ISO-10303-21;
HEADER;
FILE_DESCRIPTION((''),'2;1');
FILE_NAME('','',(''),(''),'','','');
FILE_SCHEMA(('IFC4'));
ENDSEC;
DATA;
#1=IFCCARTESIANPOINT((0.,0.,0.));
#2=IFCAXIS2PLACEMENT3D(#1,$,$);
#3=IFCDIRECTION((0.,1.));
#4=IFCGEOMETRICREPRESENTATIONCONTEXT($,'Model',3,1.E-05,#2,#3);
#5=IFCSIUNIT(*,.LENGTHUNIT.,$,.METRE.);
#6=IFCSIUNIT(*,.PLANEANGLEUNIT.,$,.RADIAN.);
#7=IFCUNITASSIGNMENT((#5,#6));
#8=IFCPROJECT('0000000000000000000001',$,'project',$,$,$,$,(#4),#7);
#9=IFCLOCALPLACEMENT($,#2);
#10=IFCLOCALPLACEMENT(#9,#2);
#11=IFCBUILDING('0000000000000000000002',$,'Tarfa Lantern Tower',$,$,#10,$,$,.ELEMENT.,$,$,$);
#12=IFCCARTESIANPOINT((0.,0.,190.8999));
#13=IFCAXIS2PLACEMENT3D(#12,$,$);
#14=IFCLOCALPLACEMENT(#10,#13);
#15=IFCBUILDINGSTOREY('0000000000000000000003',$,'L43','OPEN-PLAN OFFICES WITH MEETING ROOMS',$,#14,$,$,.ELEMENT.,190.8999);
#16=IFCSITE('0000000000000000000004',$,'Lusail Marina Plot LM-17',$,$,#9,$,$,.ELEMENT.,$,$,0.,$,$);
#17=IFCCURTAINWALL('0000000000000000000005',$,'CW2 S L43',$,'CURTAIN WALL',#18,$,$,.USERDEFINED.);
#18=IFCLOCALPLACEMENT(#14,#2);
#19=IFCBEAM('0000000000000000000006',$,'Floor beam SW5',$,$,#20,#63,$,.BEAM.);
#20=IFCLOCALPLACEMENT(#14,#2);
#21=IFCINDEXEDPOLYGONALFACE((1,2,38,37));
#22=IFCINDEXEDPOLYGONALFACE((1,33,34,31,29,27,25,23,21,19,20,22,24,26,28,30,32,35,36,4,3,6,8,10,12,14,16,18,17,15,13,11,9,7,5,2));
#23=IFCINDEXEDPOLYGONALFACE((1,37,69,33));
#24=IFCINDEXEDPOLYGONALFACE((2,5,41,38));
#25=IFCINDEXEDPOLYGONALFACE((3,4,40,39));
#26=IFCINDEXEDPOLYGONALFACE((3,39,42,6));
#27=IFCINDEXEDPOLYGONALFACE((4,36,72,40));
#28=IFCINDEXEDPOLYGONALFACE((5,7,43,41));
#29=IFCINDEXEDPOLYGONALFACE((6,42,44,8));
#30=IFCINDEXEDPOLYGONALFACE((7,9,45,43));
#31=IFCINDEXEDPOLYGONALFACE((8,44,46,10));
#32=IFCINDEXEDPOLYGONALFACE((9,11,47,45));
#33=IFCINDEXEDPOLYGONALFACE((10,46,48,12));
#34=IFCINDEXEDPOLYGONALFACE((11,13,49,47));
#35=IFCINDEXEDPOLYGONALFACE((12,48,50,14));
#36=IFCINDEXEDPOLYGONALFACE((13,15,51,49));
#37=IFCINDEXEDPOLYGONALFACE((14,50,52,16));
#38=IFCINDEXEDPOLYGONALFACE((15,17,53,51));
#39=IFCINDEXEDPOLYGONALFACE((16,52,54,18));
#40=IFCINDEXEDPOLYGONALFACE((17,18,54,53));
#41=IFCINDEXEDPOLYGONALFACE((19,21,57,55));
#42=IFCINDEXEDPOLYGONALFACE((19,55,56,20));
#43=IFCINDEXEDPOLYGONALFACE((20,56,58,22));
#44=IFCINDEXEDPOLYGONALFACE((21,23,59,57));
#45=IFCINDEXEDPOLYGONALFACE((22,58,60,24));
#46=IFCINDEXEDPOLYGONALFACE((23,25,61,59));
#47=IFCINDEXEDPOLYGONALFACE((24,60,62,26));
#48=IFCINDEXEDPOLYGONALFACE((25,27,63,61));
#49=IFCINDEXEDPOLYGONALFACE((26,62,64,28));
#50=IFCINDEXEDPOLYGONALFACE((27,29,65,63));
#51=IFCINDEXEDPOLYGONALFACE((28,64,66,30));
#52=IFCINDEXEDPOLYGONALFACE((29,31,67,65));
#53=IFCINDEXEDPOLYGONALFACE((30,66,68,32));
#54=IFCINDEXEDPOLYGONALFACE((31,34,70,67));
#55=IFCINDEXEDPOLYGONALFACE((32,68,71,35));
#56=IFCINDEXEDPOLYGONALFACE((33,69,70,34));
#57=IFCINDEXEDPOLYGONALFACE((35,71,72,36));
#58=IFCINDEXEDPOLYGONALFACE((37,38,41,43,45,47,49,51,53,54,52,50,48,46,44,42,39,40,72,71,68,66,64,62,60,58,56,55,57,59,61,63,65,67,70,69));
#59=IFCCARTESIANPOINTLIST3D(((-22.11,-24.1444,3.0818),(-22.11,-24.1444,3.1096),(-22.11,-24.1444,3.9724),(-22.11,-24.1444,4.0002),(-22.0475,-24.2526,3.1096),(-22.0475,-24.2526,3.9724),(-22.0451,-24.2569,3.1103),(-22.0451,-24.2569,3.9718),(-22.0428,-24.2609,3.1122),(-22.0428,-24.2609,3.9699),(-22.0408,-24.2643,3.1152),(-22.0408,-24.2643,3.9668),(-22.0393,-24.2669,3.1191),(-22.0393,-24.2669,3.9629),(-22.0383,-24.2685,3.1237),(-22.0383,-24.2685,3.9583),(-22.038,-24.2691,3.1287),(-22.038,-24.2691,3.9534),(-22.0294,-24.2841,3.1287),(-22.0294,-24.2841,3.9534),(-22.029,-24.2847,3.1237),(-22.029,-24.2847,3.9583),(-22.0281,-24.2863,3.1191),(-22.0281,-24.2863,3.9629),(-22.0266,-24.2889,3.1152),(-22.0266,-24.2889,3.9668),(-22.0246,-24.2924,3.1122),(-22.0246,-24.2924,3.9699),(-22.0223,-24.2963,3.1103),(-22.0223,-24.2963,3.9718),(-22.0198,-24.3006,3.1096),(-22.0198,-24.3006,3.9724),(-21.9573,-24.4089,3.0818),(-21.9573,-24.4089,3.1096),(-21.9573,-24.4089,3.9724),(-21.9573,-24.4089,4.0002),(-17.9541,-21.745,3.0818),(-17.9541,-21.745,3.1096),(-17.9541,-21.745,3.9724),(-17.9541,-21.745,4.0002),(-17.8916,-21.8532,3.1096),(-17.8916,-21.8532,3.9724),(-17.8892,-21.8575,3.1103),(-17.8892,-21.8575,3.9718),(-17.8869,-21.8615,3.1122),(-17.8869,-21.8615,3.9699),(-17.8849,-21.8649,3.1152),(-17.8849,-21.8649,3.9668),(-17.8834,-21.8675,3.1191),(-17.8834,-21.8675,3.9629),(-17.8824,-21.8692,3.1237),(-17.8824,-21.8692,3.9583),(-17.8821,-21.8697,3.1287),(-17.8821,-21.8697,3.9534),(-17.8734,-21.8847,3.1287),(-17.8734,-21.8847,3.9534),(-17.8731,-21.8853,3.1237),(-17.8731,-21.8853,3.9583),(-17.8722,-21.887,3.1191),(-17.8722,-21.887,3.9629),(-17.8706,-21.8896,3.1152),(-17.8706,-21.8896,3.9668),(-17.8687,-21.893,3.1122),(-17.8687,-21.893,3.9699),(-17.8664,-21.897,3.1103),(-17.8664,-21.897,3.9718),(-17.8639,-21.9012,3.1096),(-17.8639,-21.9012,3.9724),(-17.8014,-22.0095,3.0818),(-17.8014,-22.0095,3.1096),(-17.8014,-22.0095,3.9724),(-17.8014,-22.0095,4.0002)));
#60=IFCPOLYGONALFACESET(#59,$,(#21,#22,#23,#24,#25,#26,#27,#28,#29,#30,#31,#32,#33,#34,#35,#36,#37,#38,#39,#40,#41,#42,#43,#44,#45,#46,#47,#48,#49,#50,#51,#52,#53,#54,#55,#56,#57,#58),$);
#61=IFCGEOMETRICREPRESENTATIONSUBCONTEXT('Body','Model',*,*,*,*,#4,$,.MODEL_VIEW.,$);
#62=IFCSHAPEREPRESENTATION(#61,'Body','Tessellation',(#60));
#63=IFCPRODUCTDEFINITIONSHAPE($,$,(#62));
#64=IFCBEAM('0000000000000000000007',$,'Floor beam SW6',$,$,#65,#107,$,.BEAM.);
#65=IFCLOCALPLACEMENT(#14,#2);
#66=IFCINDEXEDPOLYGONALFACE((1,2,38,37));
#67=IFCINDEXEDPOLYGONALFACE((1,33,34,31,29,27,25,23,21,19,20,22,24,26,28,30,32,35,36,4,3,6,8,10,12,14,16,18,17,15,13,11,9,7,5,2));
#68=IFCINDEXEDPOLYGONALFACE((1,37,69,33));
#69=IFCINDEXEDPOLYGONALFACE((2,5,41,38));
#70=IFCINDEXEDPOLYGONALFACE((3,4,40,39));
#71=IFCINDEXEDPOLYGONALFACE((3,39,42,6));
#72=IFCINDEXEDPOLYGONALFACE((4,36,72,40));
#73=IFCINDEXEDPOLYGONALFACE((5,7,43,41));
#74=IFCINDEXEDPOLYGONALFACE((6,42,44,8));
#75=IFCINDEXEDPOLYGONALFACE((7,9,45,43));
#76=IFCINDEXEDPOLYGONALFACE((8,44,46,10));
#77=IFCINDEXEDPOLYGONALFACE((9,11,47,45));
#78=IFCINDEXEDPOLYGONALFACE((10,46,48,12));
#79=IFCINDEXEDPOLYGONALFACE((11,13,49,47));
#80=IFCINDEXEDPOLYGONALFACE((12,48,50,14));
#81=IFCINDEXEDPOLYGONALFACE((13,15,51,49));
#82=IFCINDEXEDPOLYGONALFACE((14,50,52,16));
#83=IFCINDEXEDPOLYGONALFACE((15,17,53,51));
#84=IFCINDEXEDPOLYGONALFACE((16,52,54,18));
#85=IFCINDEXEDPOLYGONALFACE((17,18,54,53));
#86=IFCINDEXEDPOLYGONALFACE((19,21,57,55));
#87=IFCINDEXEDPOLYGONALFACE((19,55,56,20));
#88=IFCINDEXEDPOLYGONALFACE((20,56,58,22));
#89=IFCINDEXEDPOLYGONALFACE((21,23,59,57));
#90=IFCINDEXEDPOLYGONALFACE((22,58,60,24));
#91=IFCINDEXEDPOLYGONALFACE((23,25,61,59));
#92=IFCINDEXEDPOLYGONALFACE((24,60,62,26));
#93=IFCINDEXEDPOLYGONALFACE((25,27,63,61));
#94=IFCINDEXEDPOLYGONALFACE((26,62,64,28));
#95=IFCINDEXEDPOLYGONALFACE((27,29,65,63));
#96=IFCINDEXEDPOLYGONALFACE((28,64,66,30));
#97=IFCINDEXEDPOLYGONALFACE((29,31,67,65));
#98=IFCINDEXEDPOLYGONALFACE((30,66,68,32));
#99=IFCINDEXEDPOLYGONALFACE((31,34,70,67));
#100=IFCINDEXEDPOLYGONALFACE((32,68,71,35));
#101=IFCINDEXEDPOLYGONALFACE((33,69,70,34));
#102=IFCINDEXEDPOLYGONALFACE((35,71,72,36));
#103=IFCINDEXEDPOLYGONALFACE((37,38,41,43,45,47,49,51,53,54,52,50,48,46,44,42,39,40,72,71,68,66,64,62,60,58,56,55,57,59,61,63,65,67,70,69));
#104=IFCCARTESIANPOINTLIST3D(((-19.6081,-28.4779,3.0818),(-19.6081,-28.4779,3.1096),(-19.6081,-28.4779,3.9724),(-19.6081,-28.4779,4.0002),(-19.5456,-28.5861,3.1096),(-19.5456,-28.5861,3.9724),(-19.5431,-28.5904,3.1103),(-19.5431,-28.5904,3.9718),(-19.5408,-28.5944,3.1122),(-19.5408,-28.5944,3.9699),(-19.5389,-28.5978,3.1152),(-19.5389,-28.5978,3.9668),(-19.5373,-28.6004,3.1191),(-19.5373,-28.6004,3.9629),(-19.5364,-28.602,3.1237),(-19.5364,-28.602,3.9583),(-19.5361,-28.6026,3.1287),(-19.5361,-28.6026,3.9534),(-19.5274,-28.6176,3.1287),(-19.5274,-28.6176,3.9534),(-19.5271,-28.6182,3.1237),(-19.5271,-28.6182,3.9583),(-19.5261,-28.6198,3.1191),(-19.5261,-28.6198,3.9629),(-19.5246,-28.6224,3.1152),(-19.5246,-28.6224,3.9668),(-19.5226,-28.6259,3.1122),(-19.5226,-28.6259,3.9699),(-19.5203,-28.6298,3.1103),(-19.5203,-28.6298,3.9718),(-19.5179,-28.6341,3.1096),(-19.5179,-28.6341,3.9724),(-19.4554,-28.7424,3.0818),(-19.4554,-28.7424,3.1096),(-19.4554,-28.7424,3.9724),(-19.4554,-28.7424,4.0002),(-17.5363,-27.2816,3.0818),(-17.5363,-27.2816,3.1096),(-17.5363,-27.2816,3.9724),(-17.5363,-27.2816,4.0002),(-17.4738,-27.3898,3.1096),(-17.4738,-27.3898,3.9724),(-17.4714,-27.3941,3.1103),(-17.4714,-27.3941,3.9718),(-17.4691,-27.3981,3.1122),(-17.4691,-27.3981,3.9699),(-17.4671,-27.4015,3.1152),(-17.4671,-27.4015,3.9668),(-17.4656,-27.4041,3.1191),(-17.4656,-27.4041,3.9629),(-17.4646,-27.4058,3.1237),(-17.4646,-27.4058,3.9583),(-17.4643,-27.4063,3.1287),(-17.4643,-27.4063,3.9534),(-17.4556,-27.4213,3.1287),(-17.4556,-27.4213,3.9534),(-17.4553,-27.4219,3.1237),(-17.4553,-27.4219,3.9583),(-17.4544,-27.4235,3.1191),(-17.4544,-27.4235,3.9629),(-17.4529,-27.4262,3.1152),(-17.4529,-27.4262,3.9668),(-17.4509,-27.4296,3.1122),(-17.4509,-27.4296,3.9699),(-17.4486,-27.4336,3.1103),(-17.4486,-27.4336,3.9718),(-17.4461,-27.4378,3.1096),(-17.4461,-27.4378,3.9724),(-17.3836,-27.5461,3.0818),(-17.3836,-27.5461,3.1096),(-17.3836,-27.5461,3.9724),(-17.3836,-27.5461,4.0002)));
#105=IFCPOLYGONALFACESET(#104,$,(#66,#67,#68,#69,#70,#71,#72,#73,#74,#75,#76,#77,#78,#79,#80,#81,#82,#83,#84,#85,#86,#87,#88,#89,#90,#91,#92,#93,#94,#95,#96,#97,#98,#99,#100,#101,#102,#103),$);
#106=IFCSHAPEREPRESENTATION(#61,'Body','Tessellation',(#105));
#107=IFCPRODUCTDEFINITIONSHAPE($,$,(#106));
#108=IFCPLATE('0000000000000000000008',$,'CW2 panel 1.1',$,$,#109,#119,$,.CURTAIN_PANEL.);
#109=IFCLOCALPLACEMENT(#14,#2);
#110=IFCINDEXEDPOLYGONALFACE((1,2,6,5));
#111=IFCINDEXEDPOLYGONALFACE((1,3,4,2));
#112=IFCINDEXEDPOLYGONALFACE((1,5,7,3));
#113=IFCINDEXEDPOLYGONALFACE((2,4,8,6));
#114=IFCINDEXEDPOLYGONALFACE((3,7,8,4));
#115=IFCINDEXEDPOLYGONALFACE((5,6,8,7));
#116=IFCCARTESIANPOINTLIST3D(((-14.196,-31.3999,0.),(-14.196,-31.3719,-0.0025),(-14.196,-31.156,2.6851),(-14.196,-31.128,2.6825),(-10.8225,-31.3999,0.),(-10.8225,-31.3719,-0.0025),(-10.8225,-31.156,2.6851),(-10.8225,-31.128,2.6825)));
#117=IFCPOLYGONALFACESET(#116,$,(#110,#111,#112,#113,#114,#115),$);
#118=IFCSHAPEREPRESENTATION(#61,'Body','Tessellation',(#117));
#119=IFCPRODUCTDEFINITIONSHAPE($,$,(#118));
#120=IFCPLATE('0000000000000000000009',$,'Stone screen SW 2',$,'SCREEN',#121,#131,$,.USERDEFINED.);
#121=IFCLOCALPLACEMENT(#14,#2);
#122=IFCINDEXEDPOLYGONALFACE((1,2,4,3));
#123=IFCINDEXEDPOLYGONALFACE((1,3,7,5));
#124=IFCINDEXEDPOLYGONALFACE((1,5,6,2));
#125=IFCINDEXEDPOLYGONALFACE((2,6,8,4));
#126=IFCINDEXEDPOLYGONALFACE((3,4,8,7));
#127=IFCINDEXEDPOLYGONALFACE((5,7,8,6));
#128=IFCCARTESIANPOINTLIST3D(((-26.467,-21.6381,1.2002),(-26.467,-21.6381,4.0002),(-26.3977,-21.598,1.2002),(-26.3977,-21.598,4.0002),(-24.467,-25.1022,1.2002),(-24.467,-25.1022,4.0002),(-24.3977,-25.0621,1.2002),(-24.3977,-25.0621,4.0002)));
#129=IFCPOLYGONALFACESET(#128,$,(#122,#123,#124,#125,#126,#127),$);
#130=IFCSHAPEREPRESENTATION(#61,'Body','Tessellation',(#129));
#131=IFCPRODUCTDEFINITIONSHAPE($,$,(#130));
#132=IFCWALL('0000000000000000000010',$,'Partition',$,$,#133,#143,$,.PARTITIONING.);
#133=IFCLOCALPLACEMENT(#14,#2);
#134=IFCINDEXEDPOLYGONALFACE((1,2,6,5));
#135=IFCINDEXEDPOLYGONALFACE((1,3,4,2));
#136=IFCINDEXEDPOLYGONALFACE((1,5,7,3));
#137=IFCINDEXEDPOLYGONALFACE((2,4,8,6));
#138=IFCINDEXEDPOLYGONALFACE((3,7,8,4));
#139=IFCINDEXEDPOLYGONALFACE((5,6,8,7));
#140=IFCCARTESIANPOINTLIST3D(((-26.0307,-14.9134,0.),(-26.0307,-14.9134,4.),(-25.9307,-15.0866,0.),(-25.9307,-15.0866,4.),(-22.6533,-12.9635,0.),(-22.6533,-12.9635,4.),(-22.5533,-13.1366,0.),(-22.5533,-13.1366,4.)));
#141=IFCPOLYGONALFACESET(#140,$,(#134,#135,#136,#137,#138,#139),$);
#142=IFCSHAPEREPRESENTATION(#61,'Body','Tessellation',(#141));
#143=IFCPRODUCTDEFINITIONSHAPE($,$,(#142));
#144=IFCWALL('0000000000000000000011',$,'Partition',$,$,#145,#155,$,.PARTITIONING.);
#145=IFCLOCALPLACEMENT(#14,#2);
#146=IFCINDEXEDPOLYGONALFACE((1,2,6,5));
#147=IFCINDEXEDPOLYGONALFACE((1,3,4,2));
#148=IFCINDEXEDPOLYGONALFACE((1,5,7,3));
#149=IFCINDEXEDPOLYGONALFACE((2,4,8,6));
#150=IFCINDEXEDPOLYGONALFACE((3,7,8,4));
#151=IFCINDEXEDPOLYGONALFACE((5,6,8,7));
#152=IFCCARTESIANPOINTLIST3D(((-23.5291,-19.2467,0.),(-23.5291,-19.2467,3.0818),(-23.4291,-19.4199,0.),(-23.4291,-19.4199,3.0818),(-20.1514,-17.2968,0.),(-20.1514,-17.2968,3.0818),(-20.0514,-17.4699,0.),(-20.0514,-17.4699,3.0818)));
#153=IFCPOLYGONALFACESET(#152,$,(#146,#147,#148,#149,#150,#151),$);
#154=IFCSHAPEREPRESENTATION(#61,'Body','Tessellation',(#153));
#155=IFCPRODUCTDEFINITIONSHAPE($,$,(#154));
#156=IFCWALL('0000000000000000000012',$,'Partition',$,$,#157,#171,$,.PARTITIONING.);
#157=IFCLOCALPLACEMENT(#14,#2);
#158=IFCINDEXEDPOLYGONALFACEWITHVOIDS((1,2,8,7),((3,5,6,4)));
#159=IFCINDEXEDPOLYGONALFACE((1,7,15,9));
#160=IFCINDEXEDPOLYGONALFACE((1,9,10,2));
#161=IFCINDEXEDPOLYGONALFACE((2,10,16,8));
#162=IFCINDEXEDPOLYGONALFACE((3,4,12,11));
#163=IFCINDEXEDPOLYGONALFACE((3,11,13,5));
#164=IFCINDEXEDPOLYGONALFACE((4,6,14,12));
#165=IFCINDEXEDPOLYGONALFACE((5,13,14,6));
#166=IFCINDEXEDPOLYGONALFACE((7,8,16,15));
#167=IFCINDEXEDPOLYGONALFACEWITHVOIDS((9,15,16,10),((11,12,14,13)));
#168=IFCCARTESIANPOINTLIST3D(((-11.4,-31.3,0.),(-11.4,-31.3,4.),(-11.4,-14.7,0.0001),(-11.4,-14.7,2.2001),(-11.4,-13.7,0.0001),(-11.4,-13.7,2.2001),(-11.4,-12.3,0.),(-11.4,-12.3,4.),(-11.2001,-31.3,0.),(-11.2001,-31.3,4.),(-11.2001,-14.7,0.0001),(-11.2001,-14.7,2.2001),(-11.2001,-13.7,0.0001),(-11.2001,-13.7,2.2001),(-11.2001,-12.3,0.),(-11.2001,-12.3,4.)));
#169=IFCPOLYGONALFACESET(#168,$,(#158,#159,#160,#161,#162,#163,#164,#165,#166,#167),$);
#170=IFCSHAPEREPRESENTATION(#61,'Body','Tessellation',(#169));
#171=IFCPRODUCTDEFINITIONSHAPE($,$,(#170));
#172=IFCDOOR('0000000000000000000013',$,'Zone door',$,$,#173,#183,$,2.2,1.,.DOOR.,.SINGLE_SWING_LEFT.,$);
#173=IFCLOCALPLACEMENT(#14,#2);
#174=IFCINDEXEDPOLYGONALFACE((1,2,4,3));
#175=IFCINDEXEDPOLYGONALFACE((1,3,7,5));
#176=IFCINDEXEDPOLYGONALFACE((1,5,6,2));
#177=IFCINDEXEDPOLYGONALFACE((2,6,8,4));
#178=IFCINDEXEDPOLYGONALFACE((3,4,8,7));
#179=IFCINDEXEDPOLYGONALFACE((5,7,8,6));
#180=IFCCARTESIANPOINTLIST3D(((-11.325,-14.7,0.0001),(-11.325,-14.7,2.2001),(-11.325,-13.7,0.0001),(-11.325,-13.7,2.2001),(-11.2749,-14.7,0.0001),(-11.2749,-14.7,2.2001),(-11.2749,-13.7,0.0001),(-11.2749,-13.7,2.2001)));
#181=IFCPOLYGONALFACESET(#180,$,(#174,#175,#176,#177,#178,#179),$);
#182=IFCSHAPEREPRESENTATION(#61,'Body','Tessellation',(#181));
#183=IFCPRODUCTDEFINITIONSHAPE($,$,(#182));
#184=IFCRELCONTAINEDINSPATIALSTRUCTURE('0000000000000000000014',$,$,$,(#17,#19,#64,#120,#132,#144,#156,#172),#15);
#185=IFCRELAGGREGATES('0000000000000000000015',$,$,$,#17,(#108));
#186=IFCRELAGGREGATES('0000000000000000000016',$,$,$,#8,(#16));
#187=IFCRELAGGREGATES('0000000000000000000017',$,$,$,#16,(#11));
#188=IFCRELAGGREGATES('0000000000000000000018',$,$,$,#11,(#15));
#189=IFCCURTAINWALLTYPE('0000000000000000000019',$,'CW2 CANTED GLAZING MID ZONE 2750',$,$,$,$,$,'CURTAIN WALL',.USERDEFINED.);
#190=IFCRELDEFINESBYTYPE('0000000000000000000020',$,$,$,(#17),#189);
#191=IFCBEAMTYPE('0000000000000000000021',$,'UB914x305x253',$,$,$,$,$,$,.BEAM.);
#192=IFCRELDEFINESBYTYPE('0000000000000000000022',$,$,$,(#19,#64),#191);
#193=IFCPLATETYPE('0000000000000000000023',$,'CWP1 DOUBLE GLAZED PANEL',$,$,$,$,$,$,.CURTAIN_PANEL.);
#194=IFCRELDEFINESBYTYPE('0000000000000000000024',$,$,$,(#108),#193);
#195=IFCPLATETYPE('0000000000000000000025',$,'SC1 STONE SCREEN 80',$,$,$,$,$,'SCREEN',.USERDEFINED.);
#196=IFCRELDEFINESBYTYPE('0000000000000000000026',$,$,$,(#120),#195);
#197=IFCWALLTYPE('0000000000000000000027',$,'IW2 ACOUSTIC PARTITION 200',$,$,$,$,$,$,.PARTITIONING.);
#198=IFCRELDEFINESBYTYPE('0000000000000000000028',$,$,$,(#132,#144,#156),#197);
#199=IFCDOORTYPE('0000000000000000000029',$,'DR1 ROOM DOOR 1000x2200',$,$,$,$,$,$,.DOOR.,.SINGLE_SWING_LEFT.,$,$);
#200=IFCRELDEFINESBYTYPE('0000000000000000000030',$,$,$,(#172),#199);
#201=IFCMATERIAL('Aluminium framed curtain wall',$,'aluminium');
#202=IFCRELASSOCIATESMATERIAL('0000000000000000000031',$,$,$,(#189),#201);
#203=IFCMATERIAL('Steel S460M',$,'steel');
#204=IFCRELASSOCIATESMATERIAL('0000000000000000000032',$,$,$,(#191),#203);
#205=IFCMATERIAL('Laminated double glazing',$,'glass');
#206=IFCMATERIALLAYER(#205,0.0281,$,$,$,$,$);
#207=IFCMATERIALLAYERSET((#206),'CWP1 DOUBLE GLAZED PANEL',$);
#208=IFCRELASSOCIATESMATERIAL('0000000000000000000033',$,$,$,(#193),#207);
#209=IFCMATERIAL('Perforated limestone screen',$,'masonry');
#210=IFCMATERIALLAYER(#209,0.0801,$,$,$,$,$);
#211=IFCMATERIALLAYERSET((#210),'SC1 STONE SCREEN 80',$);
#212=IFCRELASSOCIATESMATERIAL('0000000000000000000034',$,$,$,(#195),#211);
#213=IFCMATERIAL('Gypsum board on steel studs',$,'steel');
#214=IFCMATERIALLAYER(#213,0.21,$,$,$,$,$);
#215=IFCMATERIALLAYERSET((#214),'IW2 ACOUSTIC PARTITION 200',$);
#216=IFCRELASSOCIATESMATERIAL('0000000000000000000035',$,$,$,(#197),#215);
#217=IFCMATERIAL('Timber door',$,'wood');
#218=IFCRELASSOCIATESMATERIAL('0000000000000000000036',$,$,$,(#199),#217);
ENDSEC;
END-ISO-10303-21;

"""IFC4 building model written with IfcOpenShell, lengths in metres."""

from ifc_helpers import new_model, si_unit, direction, frame, frame_2d, origin, origin_2d, place, context, subcontext, project, spatial, polyline, rectangle, i_section, outline, extrude, material, layer, layer_set, material_profile, profile_set, type_object, element, fill, aggregate, save


model = new_model("IFC4")

# Units and contexts
model_context = context("Model", 3, precision=1e-05, world=origin(), true_north=direction((0.0, 1.0)))
body_context = subcontext(model_context, "Body", "Model", "MODEL_VIEW")
ifc_project = project(units=[si_unit("LENGTHUNIT", "METRE"), si_unit("PLANEANGLEUNIT", "RADIAN")], contexts=[model_context])

# Site, building, storey
site_placement = place(None, origin())
site = spatial("IfcSite", under=ifc_project, at=site_placement, Name="Lusail Marina Plot LM-17", CompositionType="ELEMENT", RefElevation=0.0)
building_placement = place(site_placement, origin())
building = spatial("IfcBuilding", under=site, at=building_placement, Name="Tarfa Lantern Tower", CompositionType="ELEMENT")
storey_placement = place(building_placement, frame((0.0, 0.0, 190.8999)))
storey = spatial("IfcBuildingStorey", under=building, at=storey_placement, Name="L43", Description="OPEN-PLAN OFFICES WITH MEETING ROOMS", CompositionType="ELEMENT", Elevation=190.8999)

# Curtain wall
ifc_material_1 = material(Name="Aluminium framed curtain wall", Category="aluminium")
curtain_wall_type = type_object("IfcCurtainWallType", Name="CW2 CANTED GLAZING MID ZONE 2750", ElementType="CURTAIN WALL", PredefinedType="USERDEFINED", material=ifc_material_1)
curtain_wall_placement = place(storey_placement, origin())
curtain_wall = element("IfcCurtainWall", 1, at=curtain_wall_placement, inside=storey, type_object=curtain_wall_type, Name="CW2 S L43", ObjectType="CURTAIN WALL", PredefinedType="USERDEFINED")

# Beams
ifc_material_2 = material(Name="Steel S460M", Category="steel")
ifc_material_profile_1 = material_profile(ifc_material_2, i_section(OverallWidth=0.3054, OverallDepth=0.9185, WebThickness=0.0173, FlangeThickness=0.0278, FilletRadius=0.019, at=origin_2d()), Name="UB914x305x253")
ifc_profile_set_1 = profile_set([ifc_material_profile_1], Name="Steel S460M")
beam_type_1 = type_object("IfcBeamType", Name="UB914x305x253", PredefinedType="BEAM", material=ifc_profile_set_1)
beam_1_placement = place(storey_placement, frame((-22.0337, -24.2766, 3.541), z_axis=(0.866031, 0.499991, 0.0), x_axis=(-0.499991, 0.866031, 0.0)))
element("IfcBeam", 2, at=beam_1_placement, inside=storey, type_object=beam_type_1, Name="Floor beam SW5", PredefinedType="BEAM", context=body_context, shape_type="SweptSolid", body=[
    extrude(i_section(OverallWidth=0.3054, OverallDepth=0.9185, WebThickness=0.0173, FlangeThickness=0.0278, FilletRadius=0.019, at=origin_2d()), origin(), (0.0, 0.0, 1.0), 4.7988),
])
beam_2_placement = place(storey_placement, frame((-19.5317, -28.6101, 3.541), z_axis=(0.865999, 0.500046, 0.0), x_axis=(-0.500046, 0.865999, 0.0)))
element("IfcBeam", 3, at=beam_2_placement, inside=storey, type_object=beam_type_1, Name="Floor beam SW6", PredefinedType="BEAM", context=body_context, shape_type="SweptSolid", body=[
    extrude(i_section(OverallWidth=0.3054, OverallDepth=0.9185, WebThickness=0.0173, FlangeThickness=0.0278, FilletRadius=0.019, at=origin_2d()), origin(), (0.0, 0.0, 1.0), 2.3923),
])

# Plates
ifc_material_3 = material(Name="Laminated double glazing", Category="glass")
ifc_layer_1 = layer(ifc_material_3, 0.0281)
ifc_layer_set_1 = layer_set([ifc_layer_1], Name="CWP1 DOUBLE GLAZED PANEL")
plate_type_1 = type_object("IfcPlateType", Name="CWP1 DOUBLE GLAZED PANEL", PredefinedType="CURTAIN_PANEL", material=ifc_layer_set_1)
plate_1_placement = place(storey_placement, frame((-14.196, -31.3999, 0.0), z_axis=(0.0, -0.9959, 0.090462), x_axis=(1.0, 0.0, 0.0)))
plate_1 = element("IfcPlate", 4, at=plate_1_placement, type_object=plate_type_1, Name="CW2 panel 1.1", PredefinedType="CURTAIN_PANEL", context=body_context, shape_type="SweptSolid", body=[
    extrude(outline(polyline([(0.0, 0.0), (3.3735, 0.0), (3.3735, 2.6961), (0.0, 2.6961), (0.0, 0.0)])), origin(), (0.0, 0.0, -1.0), 0.0281),
])
aggregate(curtain_wall, [plate_1])
ifc_material_4 = material(Name="Perforated limestone screen", Category="masonry")
ifc_layer_2 = layer(ifc_material_4, 0.0801)
ifc_layer_set_2 = layer_set([ifc_layer_2], Name="SC1 STONE SCREEN 80")
plate_type_2 = type_object("IfcPlateType", Name="SC1 STONE SCREEN 80", ElementType="SCREEN", PredefinedType="USERDEFINED", material=ifc_layer_set_2)
plate_2_placement = place(storey_placement, frame((-25.4324, -23.3501, 1.2002), z_axis=(0.0, 0.0, 1.0), x_axis=(0.5, -0.866025, 0.0)))
element("IfcPlate", 5, at=plate_2_placement, inside=storey, type_object=plate_type_2, Name="Stone screen SW 2", ObjectType="SCREEN", PredefinedType="USERDEFINED", context=body_context, shape_type="SweptSolid", body=[
    extrude(rectangle(XDim=4.0, YDim=0.0801, at=origin_2d()), origin(), (0.0, 0.0, 1.0), 2.8),
])

# Walls
ifc_material_5 = material(Name="Gypsum board on steel studs", Category="steel")
ifc_layer_3 = layer(ifc_material_5, 0.21)
ifc_layer_set_3 = layer_set([ifc_layer_3], Name="IW2 ACOUSTIC PARTITION 200")
wall_type = type_object("IfcWallType", Name="IW2 ACOUSTIC PARTITION 200", PredefinedType="PARTITIONING", material=ifc_layer_set_3)
wall_1_placement = place(storey_placement, frame((-22.6033, -13.05, 0.0), z_axis=(0.0, 0.0, 1.0), x_axis=(-0.866027, -0.499997, 0.0)))
element("IfcWall", 6, at=wall_1_placement, inside=storey, type_object=wall_type, Name="Partition", PredefinedType="PARTITIONING", context=body_context, shape_type="SweptSolid", body=[
    extrude(rectangle(XDim=3.8999, YDim=0.2, at=frame_2d((1.95, 0.0))), origin(), (0.0, 0.0, 1.0), 4.0),
])
wall_2_placement = place(storey_placement, frame((-20.1013, -17.3833, 0.0), z_axis=(0.0, 0.0, 1.0), x_axis=(-0.866043, -0.49997, 0.0)))
element("IfcWall", 7, at=wall_2_placement, inside=storey, type_object=wall_type, Name="Partition", PredefinedType="PARTITIONING", context=body_context, shape_type="SweptSolid", body=[
    extrude(rectangle(XDim=3.9001, YDim=0.2, at=frame_2d((1.9502, 0.0))), origin(), (0.0, 0.0, 1.0), 3.0818),
])

# Wall, opening, door
wall_3_placement = place(storey_placement, frame((-11.3, -12.3, 0.0), z_axis=(0.0, 0.0, 1.0), x_axis=(0.0, -1.0, 0.0)))
wall_3 = element("IfcWall", 8, at=wall_3_placement, inside=storey, type_object=wall_type, Name="Partition", PredefinedType="PARTITIONING", context=body_context, shape_type="SweptSolid", body=[
    extrude(rectangle(XDim=19.0, YDim=0.2, at=frame_2d((9.5, 0.0))), origin(), (0.0, 0.0, 1.0), 4.0),
])
opening_placement = place(wall_3_placement, frame((1.3999, 0.0, 0.0)))
opening = element("IfcOpeningElement", 9, at=opening_placement, cuts=wall_3, PredefinedType="OPENING", context=body_context, shape_type="SweptSolid", body=[
    extrude(rectangle(XDim=1.0, YDim=2.2, at=frame_2d((0.5, 1.1001))), frame((0.0, 0.1099, 0.0), z_axis=(0.0, -1.0, 0.0), x_axis=(1.0, 0.0, 0.0)), (0.0, 0.0, 1.0), 0.22),
])
ifc_material_6 = material(Name="Timber door", Category="wood")
door_type = type_object("IfcDoorType", Name="DR1 ROOM DOOR 1000x2200", OperationType="SINGLE_SWING_LEFT", PredefinedType="DOOR", material=ifc_material_6)
door_placement = place(opening_placement, frame((1.0, 0.0, 0.0), z_axis=(0.0, 0.0, 1.0), x_axis=(-1.0, 0.0, 0.0)))
door = element("IfcDoor", 10, at=door_placement, inside=storey, type_object=door_type, Name="Zone door", OperationType="SINGLE_SWING_LEFT", OverallHeight=2.2, OverallWidth=1.0, PredefinedType="DOOR", context=body_context, shape_type="SweptSolid", body=[
    extrude(rectangle(XDim=1.0, YDim=2.2, at=frame_2d((0.5, 1.1001))), frame((0.0, 0.0249, 0.0), z_axis=(0.0, -1.0, 0.0), x_axis=(1.0, 0.0, 0.0)), (0.0, 0.0, 1.0), 0.05),
])
fill(opening, door)

save(model, "model.ifc")
